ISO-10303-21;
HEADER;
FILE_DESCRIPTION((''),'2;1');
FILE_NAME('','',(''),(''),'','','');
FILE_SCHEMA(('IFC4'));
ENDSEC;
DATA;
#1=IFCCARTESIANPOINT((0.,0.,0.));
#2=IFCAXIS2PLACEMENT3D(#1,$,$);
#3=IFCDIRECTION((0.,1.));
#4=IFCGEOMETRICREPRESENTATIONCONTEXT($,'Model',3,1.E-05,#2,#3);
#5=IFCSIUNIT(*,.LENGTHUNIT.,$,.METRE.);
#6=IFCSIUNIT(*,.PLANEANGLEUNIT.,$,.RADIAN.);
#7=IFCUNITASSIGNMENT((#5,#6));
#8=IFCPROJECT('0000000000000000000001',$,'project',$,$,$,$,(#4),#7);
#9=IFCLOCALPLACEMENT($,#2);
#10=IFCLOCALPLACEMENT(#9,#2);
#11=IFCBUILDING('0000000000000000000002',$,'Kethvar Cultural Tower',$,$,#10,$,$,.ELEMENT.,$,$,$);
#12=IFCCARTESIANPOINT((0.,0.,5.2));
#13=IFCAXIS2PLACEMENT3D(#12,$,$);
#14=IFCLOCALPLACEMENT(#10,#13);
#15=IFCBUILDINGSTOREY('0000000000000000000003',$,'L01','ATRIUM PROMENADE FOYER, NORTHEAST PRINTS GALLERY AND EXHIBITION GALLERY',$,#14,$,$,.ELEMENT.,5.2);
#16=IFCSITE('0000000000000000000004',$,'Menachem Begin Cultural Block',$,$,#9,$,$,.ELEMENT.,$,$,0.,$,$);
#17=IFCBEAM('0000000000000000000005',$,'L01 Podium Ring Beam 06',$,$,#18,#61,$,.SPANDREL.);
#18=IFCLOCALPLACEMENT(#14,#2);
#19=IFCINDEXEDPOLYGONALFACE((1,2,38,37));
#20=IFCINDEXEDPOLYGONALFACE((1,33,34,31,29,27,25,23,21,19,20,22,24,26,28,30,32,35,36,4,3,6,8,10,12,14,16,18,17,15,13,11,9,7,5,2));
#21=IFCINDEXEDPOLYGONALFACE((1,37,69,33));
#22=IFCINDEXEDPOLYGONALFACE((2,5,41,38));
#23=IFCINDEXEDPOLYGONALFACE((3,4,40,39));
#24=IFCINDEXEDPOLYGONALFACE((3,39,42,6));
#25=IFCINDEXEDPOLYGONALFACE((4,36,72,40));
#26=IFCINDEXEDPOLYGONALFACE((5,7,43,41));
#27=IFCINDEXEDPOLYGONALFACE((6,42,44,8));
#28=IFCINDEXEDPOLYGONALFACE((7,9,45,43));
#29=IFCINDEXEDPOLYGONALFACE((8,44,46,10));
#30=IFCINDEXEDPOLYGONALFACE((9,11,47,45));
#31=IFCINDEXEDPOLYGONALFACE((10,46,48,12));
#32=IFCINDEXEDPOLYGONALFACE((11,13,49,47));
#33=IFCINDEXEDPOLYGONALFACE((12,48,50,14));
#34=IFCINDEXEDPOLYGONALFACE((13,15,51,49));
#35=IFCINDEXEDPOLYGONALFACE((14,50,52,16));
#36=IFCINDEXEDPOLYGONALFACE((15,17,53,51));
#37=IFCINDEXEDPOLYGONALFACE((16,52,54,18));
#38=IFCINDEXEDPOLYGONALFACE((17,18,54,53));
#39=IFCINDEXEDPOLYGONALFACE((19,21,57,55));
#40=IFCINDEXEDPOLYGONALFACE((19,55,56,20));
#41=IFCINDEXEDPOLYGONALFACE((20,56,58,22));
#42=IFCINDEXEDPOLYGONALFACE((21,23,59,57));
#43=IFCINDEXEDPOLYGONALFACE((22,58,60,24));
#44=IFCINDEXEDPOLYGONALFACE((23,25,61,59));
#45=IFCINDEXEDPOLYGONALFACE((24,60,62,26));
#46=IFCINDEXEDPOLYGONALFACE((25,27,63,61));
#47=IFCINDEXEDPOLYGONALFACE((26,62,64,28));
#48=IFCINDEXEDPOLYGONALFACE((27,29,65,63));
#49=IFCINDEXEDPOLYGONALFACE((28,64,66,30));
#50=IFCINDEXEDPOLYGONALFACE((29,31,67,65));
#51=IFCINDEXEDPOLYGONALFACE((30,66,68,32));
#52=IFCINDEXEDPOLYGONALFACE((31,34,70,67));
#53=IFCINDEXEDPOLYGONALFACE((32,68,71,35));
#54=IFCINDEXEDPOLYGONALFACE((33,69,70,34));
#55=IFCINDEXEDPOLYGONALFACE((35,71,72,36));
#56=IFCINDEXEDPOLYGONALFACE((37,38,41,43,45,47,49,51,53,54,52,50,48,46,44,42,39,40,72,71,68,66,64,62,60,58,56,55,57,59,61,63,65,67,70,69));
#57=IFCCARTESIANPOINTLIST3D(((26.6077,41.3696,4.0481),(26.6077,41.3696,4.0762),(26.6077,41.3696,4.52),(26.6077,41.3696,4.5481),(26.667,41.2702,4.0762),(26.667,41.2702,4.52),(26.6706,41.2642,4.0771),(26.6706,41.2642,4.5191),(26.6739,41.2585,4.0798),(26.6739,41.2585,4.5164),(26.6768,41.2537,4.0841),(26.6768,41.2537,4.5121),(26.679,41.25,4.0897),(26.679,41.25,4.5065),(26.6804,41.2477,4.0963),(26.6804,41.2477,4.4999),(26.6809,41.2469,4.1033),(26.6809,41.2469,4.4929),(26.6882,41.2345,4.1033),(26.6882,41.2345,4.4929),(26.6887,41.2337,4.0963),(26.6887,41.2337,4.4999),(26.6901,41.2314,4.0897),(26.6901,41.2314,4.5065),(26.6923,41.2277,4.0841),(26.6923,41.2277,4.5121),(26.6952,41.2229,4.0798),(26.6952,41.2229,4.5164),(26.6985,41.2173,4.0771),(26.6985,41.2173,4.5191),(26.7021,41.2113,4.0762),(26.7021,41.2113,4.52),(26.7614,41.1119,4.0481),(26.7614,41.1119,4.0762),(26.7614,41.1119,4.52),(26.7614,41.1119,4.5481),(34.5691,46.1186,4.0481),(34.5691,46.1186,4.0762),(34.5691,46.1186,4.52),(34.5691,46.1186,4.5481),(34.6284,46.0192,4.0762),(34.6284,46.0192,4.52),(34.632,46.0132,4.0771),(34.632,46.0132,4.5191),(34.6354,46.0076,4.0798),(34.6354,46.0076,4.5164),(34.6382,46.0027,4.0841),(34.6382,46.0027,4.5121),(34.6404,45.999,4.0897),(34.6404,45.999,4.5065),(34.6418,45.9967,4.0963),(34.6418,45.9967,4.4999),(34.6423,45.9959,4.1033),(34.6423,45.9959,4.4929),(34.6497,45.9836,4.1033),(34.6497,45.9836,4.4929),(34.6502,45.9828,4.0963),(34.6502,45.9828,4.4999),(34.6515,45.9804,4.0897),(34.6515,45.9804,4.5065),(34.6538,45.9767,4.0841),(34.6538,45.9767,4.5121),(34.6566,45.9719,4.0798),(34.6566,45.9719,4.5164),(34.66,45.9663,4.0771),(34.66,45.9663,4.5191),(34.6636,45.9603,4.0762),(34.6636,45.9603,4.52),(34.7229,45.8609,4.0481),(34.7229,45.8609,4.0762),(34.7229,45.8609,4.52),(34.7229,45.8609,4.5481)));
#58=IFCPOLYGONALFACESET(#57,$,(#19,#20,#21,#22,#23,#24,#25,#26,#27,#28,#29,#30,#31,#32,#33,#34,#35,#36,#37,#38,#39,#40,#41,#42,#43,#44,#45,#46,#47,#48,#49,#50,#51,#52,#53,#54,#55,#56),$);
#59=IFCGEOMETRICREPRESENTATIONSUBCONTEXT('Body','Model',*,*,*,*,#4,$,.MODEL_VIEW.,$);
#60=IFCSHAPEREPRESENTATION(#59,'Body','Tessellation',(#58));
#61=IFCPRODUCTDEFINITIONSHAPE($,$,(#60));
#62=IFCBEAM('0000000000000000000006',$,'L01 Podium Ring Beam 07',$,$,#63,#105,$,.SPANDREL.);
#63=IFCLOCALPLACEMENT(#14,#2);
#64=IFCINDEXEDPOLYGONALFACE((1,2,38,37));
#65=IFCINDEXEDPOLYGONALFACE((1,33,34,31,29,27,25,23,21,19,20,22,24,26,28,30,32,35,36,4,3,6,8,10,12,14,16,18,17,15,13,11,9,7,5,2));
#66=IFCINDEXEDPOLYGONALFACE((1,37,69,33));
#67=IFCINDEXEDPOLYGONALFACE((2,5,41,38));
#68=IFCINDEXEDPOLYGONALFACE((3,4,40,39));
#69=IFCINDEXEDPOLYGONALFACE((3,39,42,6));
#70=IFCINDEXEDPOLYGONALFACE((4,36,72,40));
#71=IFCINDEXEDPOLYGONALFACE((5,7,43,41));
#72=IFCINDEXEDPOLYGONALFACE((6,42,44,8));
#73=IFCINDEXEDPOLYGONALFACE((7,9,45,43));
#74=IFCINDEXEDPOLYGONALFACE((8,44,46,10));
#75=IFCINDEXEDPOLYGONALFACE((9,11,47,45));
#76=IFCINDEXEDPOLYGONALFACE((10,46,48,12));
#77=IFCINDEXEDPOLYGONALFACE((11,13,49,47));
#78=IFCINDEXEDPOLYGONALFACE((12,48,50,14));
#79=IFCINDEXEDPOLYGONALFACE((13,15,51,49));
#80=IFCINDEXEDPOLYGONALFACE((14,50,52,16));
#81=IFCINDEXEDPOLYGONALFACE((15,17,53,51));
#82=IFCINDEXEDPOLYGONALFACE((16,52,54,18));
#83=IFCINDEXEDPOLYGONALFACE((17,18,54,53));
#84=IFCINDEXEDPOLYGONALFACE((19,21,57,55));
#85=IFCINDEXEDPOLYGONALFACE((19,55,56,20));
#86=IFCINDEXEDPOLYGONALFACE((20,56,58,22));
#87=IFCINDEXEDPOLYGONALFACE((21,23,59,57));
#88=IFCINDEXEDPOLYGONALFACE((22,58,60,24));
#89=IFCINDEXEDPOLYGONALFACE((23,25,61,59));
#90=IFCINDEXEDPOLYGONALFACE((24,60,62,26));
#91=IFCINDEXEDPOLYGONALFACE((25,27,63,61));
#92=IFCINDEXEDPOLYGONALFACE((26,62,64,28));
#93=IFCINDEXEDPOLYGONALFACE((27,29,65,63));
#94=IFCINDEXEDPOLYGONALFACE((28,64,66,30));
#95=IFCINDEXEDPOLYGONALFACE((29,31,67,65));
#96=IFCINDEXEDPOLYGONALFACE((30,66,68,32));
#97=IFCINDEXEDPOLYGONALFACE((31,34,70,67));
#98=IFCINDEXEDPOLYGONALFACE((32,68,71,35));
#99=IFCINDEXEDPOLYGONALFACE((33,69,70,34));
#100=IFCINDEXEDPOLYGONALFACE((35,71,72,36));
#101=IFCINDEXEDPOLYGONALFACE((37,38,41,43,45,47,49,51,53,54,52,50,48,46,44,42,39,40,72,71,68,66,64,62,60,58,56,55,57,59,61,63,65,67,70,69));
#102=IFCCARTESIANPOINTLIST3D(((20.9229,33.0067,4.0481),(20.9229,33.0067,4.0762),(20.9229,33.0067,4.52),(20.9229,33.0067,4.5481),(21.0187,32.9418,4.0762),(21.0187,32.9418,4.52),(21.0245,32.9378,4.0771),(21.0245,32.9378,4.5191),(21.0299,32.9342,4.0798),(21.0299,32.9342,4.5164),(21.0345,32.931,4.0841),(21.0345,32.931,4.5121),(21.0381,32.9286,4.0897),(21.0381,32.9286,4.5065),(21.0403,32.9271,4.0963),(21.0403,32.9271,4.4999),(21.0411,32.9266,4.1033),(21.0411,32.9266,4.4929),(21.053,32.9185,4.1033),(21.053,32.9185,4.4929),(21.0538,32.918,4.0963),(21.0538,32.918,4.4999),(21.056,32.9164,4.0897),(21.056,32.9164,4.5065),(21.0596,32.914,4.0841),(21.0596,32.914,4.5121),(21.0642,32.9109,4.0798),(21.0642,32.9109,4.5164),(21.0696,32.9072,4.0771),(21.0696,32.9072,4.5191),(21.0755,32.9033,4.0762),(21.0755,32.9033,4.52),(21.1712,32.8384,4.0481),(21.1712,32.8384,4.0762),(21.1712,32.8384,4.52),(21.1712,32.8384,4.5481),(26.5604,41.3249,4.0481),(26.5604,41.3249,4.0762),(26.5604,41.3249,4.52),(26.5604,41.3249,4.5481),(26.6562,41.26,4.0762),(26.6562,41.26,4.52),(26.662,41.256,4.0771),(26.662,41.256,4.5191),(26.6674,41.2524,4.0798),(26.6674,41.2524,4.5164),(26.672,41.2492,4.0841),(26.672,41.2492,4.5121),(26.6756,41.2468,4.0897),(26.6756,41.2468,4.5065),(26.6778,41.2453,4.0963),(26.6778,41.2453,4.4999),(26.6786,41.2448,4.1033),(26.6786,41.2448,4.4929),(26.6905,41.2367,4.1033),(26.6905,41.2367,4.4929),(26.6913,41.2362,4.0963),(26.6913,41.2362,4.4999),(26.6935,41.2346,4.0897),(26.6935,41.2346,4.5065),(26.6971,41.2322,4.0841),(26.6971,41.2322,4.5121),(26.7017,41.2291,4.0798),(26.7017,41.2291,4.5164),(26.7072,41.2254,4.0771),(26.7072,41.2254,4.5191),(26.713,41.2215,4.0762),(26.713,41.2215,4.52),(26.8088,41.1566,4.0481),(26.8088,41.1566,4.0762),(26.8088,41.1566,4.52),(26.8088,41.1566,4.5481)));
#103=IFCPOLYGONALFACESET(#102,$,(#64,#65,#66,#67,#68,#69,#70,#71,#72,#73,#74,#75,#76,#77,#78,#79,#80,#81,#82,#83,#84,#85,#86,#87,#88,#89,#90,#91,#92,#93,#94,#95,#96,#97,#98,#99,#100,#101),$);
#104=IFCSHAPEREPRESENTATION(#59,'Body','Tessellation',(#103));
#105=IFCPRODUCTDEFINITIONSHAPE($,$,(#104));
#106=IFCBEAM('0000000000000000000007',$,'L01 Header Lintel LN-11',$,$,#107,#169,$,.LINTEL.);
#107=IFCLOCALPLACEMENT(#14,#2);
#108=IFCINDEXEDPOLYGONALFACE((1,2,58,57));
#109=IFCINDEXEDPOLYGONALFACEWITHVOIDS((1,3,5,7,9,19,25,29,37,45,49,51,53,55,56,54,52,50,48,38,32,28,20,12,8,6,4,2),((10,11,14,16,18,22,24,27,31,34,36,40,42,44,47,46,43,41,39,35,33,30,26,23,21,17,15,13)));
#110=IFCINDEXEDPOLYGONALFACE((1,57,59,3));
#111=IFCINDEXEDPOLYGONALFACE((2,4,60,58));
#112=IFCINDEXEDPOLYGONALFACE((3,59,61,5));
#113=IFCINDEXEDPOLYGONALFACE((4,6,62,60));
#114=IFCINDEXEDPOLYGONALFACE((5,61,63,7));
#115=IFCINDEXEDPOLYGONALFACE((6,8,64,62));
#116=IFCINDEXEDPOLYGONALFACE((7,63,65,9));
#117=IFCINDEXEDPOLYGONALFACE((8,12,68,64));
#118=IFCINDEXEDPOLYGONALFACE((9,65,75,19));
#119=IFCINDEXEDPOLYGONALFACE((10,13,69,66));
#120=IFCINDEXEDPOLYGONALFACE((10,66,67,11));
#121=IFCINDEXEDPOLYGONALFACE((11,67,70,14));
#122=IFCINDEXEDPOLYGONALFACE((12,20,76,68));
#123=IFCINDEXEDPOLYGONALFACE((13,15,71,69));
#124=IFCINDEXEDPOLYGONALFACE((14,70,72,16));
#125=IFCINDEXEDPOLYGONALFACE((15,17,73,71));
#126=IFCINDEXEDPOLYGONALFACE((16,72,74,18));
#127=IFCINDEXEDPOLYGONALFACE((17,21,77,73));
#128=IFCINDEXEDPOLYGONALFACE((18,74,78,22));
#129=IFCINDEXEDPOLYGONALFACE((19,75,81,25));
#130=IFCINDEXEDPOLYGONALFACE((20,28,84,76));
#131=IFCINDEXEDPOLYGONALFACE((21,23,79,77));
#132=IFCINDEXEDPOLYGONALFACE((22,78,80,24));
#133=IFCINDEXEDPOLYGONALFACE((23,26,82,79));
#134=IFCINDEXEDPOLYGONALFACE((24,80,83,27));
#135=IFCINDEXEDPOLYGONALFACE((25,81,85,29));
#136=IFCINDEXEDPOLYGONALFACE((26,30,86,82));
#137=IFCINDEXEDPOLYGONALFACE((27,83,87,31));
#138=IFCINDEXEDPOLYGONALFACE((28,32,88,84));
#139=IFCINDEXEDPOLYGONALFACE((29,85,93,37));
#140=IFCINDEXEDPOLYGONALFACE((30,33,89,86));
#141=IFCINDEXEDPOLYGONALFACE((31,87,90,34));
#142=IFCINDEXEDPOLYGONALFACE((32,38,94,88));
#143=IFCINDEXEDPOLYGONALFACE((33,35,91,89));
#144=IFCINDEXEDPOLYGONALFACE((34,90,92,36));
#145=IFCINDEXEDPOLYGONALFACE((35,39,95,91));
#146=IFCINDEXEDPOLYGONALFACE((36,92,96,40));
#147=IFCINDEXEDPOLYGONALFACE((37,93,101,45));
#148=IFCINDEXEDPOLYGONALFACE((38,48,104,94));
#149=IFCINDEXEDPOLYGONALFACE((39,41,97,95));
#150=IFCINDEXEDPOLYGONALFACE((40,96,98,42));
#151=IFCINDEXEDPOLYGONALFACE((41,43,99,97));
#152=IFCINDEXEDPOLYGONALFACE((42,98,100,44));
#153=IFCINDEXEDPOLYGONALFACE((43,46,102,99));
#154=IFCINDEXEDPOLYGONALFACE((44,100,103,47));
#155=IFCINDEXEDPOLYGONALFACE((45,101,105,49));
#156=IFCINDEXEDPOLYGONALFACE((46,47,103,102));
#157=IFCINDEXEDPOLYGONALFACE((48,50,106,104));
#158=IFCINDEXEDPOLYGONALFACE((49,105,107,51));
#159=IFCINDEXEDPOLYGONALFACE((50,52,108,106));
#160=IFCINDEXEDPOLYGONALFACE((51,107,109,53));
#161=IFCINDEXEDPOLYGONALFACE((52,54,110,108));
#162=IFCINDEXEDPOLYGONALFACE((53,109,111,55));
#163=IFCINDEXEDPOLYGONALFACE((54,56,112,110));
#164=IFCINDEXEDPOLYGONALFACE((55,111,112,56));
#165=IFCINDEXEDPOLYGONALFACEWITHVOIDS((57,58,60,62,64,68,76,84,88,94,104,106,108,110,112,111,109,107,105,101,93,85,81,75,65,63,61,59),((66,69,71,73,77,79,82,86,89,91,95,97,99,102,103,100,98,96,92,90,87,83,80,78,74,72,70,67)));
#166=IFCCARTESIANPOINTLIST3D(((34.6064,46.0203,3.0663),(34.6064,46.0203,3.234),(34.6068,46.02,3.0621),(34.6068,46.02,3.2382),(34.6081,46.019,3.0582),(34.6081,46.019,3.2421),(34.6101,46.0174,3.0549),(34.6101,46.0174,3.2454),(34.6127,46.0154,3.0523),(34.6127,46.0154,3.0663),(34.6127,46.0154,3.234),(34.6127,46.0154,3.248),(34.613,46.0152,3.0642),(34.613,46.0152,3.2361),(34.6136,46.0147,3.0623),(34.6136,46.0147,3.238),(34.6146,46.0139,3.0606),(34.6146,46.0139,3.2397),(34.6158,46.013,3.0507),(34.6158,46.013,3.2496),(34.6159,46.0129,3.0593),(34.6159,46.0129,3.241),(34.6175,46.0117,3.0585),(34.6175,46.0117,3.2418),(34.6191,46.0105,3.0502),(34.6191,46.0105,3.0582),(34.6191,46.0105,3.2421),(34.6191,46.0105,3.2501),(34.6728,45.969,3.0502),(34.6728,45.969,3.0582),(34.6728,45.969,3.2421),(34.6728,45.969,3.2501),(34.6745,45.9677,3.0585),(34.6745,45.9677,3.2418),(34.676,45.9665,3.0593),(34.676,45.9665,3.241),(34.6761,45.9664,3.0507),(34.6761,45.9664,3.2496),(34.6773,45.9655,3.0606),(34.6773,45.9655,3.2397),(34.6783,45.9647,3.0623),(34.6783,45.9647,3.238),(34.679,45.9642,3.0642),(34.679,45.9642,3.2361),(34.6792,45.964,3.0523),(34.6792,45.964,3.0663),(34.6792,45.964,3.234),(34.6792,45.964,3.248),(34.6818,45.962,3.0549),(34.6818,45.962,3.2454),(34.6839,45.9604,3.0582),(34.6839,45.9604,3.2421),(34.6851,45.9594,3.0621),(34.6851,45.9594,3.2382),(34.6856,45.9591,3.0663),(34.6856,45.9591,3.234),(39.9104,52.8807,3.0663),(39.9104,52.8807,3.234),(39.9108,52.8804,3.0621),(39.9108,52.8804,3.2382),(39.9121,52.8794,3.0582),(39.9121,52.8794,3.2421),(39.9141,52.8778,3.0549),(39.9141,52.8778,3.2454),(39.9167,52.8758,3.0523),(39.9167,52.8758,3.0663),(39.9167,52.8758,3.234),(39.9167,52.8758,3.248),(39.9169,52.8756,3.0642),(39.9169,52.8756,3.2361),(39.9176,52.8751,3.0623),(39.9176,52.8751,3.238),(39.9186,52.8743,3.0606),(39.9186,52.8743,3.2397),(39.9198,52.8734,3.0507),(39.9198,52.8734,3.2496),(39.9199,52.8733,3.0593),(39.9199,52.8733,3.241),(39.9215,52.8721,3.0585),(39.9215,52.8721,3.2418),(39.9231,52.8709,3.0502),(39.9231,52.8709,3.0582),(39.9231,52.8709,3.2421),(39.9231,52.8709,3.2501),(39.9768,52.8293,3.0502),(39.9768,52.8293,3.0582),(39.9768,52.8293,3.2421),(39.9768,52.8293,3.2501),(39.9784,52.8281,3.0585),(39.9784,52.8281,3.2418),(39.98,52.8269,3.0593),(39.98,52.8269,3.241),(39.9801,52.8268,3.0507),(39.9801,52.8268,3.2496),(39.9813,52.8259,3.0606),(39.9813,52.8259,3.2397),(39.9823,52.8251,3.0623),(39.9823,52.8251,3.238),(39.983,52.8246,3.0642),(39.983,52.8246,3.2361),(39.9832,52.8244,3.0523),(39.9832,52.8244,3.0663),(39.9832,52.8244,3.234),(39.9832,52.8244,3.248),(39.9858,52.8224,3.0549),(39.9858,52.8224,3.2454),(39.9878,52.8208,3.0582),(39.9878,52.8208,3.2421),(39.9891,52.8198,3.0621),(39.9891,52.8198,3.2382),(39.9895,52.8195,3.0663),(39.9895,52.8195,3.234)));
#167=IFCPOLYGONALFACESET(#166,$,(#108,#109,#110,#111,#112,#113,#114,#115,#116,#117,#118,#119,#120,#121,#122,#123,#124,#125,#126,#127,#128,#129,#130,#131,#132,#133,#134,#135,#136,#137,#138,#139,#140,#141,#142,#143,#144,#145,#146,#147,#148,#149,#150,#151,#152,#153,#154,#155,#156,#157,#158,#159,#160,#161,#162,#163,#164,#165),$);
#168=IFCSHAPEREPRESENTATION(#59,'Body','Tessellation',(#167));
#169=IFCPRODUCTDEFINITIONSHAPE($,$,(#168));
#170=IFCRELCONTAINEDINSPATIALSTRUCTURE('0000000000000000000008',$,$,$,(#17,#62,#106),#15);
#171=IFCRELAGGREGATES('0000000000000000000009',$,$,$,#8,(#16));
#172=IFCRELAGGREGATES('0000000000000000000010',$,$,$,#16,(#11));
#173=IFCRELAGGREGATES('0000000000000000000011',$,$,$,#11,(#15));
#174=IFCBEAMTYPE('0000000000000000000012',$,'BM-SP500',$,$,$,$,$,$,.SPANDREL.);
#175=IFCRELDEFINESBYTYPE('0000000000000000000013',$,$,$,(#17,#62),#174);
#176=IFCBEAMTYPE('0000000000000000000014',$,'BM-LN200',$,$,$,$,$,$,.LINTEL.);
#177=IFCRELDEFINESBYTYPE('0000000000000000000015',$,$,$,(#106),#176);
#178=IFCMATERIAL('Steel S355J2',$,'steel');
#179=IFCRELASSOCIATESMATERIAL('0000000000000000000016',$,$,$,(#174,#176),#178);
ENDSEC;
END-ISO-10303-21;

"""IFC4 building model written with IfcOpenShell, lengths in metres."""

from ifc_helpers import new_model, si_unit, direction, frame, origin, origin_2d, place, context, subcontext, project, spatial, hollow_rectangle, i_section, extrude, source, transform, mapped, material, material_profile, profile_set, type_object, element, save


model = new_model("IFC4")

# Units and contexts
model_context = context("Model", 3, precision=1e-05, world=origin(), true_north=direction((0.0, 1.0)))
body_context = subcontext(model_context, "Body", "Model", "MODEL_VIEW")
ifc_project = project(units=[si_unit("LENGTHUNIT", "METRE"), si_unit("PLANEANGLEUNIT", "RADIAN")], contexts=[model_context])

# Site, building, storey
site_placement = place(None, origin())
site = spatial("IfcSite", under=ifc_project, at=site_placement, Name="Menachem Begin Cultural Block", CompositionType="ELEMENT", RefElevation=0.0)
building_placement = place(site_placement, origin())
building = spatial("IfcBuilding", under=site, at=building_placement, Name="Kethvar Cultural Tower", CompositionType="ELEMENT")
storey_placement = place(building_placement, frame((0.0, 0.0, 5.2)))
storey = spatial("IfcBuildingStorey", under=building, at=storey_placement, Name="L01", Description="ATRIUM PROMENADE FOYER, NORTHEAST PRINTS GALLERY AND EXHIBITION GALLERY", CompositionType="ELEMENT", Elevation=5.2)

# Beams
ifc_material_1 = material(Name="Steel S355J2", Category="steel")
ifc_material_profile_1 = material_profile(ifc_material_1, i_section(OverallWidth=0.3, OverallDepth=0.5, WebThickness=0.0144, FlangeThickness=0.0281, FilletRadius=0.0271, at=origin_2d()), Name="Steel S355J2 — HEB500")
ifc_profile_set_1 = profile_set([ifc_material_profile_1], Name="Steel S355J2 — HEB500")
beam_type_1 = type_object("IfcBeamType", Name="BM-SP500", PredefinedType="SPANDREL", material=ifc_profile_set_1)
shared_shape_1 = source(origin(), body_context, "Body", "SweptSolid", [
    extrude(i_section(OverallWidth=0.3, OverallDepth=0.5, WebThickness=0.0144, FlangeThickness=0.0281, FilletRadius=0.0271, at=origin_2d()), origin(), (0.0, 0.0, 1.0), 9.2703),
])
beam_1_placement = place(storey_placement, frame((34.646, 45.9897, 4.2981), z_axis=(-0.858815, -0.512286, 0.0), x_axis=(0.512286, -0.858815, 0.0)))
element("IfcBeam", 1, at=beam_1_placement, inside=storey, type_object=beam_type_1, Name="L01 Podium Ring Beam 06", PredefinedType="SPANDREL", context=body_context, shape_type="MappedRepresentation", body=[
    mapped(shared_shape_1, transform((0.0, 0.0, 0.0), scale=1.0)),
])
shared_shape_2 = source(origin(), body_context, "Body", "SweptSolid", [
    extrude(i_section(OverallWidth=0.3, OverallDepth=0.5, WebThickness=0.0144, FlangeThickness=0.0281, FilletRadius=0.0271, at=origin_2d()), origin(), (0.0, 0.0, 1.0), 10.0486),
])
beam_2_placement = place(storey_placement, frame((26.6846, 41.2407, 4.2981), z_axis=(-0.561025, -0.827799, 0.0), x_axis=(0.827799, -0.561025, 0.0)))
element("IfcBeam", 2, at=beam_2_placement, inside=storey, type_object=beam_type_1, Name="L01 Podium Ring Beam 07", PredefinedType="SPANDREL", context=body_context, shape_type="MappedRepresentation", body=[
    mapped(shared_shape_2, transform((0.0, 0.0, 0.0), scale=1.0)),
])
ifc_material_profile_2 = material_profile(ifc_material_1, hollow_rectangle(XDim=0.1001, YDim=0.2, WallThickness=0.0081, InnerFilletRadius=0.0081, OuterFilletRadius=0.0161, at=origin_2d()), Name="Steel S355J2 — RHS200x100x8")
ifc_profile_set_2 = profile_set([ifc_material_profile_2], Name="Steel S355J2 — RHS200x100x8")
beam_type_2 = type_object("IfcBeamType", Name="BM-LN200", PredefinedType="LINTEL", material=ifc_profile_set_2)
shared_shape_3 = source(origin(), body_context, "Body", "SweptSolid", [
    extrude(hollow_rectangle(XDim=0.1001, YDim=0.2, WallThickness=0.0081, InnerFilletRadius=0.0081, OuterFilletRadius=0.0161, at=origin_2d()), origin(), (0.0, 0.0, 1.0), 8.6716),
])
beam_3_placement = place(storey_placement, frame((39.95, 52.8501, 3.1501), z_axis=(-0.611648, -0.79113, 0.0), x_axis=(0.79113, -0.611648, 0.0)))
element("IfcBeam", 3, at=beam_3_placement, inside=storey, type_object=beam_type_2, Name="L01 Header Lintel LN-11", PredefinedType="LINTEL", context=body_context, shape_type="MappedRepresentation", body=[
    mapped(shared_shape_3, transform((0.0, 0.0, 0.0), scale=1.0)),
])

save(model, "model.ifc")
